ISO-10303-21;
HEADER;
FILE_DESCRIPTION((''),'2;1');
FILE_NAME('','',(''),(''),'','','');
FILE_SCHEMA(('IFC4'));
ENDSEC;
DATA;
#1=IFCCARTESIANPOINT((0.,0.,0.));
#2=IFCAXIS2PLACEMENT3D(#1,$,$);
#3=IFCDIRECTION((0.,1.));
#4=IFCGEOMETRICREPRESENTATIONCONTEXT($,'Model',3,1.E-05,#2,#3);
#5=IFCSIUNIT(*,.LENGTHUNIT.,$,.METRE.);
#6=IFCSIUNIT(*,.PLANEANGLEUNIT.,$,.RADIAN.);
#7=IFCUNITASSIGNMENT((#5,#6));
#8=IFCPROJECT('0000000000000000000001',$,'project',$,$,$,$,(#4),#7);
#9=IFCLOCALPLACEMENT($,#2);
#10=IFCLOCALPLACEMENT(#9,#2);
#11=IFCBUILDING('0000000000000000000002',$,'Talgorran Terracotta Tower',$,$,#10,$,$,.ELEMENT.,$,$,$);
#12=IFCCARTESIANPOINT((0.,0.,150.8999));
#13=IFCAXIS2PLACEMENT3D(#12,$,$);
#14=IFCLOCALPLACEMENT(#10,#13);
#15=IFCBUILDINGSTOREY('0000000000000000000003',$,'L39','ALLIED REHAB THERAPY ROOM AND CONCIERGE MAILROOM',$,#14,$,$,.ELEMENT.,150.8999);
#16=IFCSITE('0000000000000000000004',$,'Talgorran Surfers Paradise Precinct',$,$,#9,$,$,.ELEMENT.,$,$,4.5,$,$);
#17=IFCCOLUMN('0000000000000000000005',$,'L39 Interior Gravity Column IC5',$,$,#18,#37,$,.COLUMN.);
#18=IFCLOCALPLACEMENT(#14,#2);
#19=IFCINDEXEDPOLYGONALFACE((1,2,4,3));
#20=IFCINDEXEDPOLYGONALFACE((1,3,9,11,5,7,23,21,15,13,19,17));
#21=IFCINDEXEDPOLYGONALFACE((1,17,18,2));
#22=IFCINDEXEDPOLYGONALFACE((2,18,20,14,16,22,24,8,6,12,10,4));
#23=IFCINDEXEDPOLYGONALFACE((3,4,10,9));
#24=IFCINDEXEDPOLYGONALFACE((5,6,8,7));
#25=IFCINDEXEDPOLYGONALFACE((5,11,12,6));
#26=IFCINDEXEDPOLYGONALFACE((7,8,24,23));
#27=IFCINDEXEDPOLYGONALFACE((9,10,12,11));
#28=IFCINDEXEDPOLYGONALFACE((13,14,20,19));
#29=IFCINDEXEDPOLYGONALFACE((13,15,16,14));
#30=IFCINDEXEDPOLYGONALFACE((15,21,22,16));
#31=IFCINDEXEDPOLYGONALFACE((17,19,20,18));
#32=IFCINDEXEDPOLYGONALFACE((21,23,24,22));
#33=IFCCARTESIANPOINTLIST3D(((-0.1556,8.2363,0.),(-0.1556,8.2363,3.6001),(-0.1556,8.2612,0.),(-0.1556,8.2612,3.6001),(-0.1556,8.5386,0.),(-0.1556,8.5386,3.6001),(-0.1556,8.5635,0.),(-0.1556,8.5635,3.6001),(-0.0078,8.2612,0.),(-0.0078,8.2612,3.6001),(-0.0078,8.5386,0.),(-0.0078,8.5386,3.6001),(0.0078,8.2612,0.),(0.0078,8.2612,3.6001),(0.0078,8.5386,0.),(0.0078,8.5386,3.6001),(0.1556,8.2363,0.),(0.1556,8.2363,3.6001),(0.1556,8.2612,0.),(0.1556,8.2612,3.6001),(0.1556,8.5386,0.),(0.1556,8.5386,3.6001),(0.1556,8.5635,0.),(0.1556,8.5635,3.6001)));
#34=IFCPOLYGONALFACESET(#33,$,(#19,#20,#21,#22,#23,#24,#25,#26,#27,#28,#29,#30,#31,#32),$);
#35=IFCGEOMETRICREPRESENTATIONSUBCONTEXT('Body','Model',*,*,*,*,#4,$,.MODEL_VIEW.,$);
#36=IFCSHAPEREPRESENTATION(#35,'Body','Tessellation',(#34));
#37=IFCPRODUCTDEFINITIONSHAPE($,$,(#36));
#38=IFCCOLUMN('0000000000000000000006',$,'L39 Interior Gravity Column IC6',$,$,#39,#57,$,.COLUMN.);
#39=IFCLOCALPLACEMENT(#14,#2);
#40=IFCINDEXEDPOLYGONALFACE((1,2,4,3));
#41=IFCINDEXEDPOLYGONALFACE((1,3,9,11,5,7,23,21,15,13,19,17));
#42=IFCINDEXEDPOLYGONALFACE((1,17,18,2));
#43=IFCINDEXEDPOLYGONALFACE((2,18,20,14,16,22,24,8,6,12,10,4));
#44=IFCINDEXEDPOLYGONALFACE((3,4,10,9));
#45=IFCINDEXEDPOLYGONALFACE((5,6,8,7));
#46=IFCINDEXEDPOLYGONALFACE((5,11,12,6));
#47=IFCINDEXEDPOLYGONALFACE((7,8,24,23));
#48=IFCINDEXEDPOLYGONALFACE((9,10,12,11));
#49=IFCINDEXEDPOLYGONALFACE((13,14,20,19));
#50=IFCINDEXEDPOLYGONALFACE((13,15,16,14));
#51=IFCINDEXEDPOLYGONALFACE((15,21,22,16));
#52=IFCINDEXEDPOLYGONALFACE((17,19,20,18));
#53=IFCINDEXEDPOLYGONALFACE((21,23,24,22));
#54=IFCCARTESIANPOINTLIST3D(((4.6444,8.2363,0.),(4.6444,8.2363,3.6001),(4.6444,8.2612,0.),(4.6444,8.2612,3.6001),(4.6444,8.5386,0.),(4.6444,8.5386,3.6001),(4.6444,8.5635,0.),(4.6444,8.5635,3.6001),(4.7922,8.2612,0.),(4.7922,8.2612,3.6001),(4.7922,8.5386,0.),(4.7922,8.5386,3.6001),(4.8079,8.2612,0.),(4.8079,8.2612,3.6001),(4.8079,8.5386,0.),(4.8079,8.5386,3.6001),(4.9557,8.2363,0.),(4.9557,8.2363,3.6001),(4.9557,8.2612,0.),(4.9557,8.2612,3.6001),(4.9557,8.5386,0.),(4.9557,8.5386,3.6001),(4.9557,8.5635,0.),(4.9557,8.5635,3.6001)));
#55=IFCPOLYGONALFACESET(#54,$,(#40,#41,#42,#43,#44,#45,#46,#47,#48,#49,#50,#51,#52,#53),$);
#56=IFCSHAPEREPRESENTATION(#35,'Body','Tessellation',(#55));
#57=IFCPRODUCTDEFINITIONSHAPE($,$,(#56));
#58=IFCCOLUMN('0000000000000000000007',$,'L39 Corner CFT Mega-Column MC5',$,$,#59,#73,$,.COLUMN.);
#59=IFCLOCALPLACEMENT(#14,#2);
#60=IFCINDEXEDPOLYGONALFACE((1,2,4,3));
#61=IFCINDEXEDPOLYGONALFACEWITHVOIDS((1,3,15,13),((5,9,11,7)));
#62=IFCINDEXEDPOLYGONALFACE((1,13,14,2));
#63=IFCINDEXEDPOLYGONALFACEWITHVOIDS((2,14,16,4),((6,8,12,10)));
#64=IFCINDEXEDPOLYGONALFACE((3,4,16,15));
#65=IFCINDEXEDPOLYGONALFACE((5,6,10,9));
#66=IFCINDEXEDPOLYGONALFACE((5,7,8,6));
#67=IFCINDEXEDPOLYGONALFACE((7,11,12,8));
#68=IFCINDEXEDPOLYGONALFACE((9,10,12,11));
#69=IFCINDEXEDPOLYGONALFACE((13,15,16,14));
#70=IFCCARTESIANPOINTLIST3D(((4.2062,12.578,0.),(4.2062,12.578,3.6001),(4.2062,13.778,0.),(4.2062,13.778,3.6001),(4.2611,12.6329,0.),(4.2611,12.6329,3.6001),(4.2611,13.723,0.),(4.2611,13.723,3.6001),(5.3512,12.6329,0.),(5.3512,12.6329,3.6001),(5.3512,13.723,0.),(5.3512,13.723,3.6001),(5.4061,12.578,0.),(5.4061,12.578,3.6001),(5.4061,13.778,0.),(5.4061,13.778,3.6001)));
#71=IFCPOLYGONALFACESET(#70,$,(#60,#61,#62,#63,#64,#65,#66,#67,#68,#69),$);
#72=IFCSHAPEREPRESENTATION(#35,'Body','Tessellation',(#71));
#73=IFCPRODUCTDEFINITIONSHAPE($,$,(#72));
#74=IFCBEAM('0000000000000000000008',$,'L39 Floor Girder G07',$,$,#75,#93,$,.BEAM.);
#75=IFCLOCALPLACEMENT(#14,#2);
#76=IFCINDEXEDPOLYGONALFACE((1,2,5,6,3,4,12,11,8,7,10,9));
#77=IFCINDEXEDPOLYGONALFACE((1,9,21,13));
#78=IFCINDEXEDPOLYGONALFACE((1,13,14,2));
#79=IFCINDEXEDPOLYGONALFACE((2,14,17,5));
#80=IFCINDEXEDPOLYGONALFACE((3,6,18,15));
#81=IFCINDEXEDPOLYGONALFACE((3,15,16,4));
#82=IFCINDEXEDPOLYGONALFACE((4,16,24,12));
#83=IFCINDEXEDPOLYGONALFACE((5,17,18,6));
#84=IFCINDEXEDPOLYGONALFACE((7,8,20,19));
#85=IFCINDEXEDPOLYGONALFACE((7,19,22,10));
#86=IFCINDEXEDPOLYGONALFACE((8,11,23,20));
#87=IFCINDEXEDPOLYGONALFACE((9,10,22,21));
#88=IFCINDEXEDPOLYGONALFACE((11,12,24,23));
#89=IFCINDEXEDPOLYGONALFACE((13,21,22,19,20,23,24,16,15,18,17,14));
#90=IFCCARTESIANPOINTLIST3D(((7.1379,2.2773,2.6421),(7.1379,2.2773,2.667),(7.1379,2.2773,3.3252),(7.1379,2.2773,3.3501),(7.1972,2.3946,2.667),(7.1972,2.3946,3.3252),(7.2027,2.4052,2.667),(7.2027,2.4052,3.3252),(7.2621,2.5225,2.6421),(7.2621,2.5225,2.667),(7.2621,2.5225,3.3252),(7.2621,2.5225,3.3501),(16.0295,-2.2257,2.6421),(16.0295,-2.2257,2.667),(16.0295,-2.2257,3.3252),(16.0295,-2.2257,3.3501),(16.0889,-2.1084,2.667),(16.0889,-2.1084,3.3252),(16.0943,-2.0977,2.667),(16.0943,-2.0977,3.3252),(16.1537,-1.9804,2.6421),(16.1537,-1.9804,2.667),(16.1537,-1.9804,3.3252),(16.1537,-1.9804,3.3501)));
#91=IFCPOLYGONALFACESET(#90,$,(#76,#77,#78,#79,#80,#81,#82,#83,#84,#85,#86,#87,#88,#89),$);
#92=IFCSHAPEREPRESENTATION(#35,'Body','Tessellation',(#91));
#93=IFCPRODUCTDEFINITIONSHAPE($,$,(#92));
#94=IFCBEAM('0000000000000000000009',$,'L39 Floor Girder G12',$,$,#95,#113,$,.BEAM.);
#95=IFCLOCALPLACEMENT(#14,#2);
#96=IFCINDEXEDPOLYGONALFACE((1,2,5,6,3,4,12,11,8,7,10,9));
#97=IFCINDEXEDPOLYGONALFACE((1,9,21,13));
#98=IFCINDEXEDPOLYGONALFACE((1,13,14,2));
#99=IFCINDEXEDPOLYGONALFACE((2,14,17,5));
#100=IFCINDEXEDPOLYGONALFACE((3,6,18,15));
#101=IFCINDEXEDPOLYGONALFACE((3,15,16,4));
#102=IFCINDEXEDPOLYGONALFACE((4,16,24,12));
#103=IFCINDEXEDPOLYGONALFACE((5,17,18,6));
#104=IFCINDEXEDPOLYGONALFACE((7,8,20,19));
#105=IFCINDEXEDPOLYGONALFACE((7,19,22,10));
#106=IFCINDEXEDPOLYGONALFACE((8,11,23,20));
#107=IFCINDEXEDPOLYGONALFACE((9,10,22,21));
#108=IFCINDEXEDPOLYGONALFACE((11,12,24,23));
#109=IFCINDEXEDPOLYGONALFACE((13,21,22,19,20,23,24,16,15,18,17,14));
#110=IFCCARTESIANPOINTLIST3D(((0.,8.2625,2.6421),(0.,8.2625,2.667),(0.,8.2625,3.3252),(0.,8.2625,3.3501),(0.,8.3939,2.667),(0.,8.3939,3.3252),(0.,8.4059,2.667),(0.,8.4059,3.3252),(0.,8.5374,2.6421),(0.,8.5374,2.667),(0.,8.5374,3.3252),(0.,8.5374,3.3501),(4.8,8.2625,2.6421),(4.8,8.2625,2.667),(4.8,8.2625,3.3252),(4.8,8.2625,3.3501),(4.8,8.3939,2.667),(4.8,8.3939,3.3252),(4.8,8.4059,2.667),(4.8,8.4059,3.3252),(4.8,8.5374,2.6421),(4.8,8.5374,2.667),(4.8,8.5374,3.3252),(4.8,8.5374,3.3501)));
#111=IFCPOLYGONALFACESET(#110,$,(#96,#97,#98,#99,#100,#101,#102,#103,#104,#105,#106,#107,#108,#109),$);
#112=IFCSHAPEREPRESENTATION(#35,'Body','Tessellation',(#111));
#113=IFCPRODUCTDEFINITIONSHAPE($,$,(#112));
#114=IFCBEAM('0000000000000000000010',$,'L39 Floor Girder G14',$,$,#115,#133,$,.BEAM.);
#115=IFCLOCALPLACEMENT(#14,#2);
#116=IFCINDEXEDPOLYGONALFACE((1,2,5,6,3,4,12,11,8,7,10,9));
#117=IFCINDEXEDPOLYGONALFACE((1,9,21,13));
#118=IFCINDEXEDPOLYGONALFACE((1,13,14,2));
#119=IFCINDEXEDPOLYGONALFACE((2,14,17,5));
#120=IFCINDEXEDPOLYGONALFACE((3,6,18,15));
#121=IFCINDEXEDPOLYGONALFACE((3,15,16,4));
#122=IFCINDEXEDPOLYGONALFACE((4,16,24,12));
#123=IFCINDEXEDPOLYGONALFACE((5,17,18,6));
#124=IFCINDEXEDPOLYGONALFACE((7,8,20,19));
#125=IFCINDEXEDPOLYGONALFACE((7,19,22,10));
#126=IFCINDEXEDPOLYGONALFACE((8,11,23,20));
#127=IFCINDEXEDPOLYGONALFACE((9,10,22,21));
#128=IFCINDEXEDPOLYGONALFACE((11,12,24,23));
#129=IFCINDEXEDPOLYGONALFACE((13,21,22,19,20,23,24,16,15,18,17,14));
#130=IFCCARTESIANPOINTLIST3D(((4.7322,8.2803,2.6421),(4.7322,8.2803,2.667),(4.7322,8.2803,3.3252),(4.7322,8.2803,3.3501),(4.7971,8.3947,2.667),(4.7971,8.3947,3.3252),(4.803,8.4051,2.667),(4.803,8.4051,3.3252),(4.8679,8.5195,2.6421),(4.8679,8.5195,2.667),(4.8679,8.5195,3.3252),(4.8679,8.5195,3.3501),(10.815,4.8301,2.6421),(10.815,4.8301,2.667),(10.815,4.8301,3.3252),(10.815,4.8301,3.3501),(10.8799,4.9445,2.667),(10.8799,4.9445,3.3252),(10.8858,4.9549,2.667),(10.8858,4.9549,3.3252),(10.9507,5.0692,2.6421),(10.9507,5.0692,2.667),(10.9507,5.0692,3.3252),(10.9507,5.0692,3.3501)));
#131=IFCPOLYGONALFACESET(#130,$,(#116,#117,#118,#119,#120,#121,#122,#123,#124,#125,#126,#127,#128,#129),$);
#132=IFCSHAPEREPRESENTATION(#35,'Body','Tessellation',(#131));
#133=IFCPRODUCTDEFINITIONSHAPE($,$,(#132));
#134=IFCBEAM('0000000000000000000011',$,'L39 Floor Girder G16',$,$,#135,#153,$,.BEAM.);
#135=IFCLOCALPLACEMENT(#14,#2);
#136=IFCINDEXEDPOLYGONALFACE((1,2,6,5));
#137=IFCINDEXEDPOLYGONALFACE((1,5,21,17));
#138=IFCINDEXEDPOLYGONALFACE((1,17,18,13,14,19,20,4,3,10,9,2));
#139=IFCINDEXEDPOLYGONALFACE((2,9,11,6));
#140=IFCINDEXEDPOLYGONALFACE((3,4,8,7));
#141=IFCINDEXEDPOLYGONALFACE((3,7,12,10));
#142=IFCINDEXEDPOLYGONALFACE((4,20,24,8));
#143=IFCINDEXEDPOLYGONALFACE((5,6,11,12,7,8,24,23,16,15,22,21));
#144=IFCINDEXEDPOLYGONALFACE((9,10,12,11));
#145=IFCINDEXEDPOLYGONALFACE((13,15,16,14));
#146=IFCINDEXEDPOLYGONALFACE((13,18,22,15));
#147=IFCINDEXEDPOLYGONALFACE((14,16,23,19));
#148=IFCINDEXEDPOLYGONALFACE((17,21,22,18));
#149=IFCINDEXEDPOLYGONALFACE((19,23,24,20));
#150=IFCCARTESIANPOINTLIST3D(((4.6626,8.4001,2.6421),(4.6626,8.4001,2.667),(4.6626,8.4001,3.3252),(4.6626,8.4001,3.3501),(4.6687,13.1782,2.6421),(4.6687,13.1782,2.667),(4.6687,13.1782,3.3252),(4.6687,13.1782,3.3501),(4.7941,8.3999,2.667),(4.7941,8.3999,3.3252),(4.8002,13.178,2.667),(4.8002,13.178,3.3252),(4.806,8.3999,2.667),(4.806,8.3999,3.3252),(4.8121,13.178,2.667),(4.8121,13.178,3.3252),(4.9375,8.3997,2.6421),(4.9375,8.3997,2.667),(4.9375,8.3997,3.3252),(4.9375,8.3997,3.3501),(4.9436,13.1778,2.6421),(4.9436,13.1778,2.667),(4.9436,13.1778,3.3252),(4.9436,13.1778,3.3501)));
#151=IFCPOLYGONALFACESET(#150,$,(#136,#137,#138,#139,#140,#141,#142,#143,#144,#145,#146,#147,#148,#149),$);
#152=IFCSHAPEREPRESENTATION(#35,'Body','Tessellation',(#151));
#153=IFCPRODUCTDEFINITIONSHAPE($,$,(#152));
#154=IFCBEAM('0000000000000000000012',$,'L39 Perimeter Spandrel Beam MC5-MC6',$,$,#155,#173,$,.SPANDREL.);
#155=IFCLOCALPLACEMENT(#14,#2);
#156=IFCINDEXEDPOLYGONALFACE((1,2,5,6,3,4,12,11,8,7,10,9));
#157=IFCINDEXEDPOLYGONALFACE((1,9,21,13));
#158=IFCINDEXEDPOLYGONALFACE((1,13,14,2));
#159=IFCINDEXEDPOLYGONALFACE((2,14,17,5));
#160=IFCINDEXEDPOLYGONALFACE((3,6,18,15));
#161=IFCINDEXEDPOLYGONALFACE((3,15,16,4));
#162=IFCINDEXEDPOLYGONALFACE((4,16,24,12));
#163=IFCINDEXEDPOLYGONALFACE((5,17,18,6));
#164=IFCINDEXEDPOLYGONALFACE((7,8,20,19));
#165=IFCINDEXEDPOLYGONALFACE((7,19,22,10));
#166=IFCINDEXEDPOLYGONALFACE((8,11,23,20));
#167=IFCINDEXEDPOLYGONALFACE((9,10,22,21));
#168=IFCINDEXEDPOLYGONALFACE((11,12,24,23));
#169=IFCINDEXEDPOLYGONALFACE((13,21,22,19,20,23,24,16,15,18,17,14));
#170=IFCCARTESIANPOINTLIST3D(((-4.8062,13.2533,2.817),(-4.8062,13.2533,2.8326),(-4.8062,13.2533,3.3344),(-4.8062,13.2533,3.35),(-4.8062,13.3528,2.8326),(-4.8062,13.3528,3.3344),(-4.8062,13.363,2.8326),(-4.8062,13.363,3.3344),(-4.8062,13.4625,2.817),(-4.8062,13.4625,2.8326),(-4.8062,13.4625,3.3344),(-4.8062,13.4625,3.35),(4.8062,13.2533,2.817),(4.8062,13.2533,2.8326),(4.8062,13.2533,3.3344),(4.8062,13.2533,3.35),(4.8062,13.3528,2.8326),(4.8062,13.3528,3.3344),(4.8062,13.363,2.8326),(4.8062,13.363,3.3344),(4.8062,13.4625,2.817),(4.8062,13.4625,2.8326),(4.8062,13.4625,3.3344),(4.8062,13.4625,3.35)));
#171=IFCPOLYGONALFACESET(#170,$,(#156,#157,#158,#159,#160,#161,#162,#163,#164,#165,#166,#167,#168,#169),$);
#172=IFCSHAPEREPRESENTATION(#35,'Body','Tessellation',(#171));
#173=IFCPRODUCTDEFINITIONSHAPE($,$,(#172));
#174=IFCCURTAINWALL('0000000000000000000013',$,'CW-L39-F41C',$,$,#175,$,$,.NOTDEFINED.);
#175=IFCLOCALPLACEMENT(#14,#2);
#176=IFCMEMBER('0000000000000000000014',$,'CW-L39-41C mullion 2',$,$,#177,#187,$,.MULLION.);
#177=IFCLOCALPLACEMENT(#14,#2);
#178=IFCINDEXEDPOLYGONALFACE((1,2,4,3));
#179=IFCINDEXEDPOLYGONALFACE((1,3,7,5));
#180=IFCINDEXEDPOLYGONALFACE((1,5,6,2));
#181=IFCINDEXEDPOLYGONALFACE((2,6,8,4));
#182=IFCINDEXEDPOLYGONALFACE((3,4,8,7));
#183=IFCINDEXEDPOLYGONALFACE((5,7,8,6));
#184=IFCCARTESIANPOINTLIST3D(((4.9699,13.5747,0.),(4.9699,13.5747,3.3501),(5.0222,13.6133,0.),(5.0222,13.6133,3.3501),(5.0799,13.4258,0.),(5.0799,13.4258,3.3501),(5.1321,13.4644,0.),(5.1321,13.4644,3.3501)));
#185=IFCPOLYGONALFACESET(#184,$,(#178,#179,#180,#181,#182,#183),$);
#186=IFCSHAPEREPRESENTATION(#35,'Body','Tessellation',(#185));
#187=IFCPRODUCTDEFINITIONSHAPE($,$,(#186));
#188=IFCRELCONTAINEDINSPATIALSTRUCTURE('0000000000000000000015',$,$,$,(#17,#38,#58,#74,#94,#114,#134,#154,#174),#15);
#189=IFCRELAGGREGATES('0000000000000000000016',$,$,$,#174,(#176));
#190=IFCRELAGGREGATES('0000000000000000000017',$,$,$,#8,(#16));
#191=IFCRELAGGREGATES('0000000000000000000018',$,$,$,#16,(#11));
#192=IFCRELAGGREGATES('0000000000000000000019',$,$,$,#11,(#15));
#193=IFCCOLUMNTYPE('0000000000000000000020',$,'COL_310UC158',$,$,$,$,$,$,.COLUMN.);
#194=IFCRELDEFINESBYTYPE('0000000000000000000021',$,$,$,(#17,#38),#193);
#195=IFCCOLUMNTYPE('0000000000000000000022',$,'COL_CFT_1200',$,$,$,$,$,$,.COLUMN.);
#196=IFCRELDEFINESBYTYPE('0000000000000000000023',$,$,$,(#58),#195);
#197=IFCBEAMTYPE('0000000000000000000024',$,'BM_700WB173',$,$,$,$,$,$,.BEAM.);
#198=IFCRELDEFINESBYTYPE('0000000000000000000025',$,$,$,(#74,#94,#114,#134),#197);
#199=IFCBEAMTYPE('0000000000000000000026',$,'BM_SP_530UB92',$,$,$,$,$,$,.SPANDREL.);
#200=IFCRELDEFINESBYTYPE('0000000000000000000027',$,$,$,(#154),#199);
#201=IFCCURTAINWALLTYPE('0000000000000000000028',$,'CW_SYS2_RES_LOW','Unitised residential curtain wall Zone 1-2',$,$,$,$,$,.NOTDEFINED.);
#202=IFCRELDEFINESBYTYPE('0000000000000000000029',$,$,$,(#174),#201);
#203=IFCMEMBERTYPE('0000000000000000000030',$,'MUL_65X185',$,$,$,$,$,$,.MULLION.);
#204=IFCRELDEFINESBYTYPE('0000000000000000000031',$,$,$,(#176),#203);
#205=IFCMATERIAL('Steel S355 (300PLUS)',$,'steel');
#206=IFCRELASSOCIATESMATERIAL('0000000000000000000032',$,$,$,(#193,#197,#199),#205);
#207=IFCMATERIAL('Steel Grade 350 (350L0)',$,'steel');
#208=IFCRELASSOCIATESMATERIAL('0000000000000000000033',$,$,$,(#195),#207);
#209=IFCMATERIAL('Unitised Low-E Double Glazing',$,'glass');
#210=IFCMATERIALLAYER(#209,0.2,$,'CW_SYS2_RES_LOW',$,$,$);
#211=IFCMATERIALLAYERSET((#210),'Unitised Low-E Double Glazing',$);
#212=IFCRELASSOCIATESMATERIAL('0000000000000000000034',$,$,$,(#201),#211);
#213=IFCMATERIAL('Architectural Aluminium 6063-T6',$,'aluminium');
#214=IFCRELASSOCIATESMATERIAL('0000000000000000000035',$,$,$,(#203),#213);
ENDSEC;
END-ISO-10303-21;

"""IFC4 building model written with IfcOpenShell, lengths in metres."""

from ifc_helpers import new_model, si_unit, direction, frame, origin, origin_2d, place, context, subcontext, project, spatial, rectangle, hollow_rectangle, i_section, extrude, material, layer, layer_set, material_profile, profile_set, type_object, element, aggregate, save


model = new_model("IFC4")

# Units and contexts
model_context = context("Model", 3, precision=1e-05, world=origin(), true_north=direction((0.0, 1.0)))
body_context = subcontext(model_context, "Body", "Model", "MODEL_VIEW")
ifc_project = project(units=[si_unit("LENGTHUNIT", "METRE"), si_unit("PLANEANGLEUNIT", "RADIAN")], contexts=[model_context])

# Site, building, storey
site_placement = place(None, origin())
site = spatial("IfcSite", under=ifc_project, at=site_placement, Name="Talgorran Surfers Paradise Precinct", CompositionType="ELEMENT", RefElevation=4.5)
building_placement = place(site_placement, origin())
building = spatial("IfcBuilding", under=site, at=building_placement, Name="Talgorran Terracotta Tower", CompositionType="ELEMENT")
storey_placement = place(building_placement, frame((0.0, 0.0, 150.8999)))
storey = spatial("IfcBuildingStorey", under=building, at=storey_placement, Name="L39", Description="ALLIED REHAB THERAPY ROOM AND CONCIERGE MAILROOM", CompositionType="ELEMENT", Elevation=150.8999)

# Columns
ifc_material_1 = material(Name="Steel S355 (300PLUS)", Category="steel")
ifc_material_profile_1 = material_profile(ifc_material_1, i_section(OverallWidth=0.3113, OverallDepth=0.3271, WebThickness=0.0156, FlangeThickness=0.0249, at=origin_2d()), Name="310UC158")
ifc_profile_set_1 = profile_set([ifc_material_profile_1], Name="Steel S355 (300PLUS)")
column_type_1 = type_object("IfcColumnType", Name="COL_310UC158", PredefinedType="COLUMN", material=ifc_profile_set_1)
for number, where, z_axis, x_axis, name in (
    (1, (0.0, 8.3999, 0.0), (0.0, 0.0, 1.0), (1.0, 0.0, 0.0), "L39 Interior Gravity Column IC5"),
    (2, (4.8, 8.3999, 0.0), (0.0, 0.0, 1.0), (1.0, 0.0, 0.0), "L39 Interior Gravity Column IC6"),
):
    element("IfcColumn", number, at=place(storey_placement, frame(where, z_axis=z_axis, x_axis=x_axis)), inside=storey, type_object=column_type_1, Name=name, PredefinedType="COLUMN", context=body_context, shape_type="SweptSolid", body=[
        extrude(i_section(OverallWidth=0.3113, OverallDepth=0.3271, WebThickness=0.0156, FlangeThickness=0.0249, at=origin_2d()), origin(), (0.0, 0.0, 1.0), 3.6001),
    ])
ifc_material_2 = material(Name="Steel Grade 350 (350L0)", Category="steel")
ifc_material_profile_2 = material_profile(ifc_material_2, hollow_rectangle(XDim=1.2, YDim=1.2, WallThickness=0.0549, at=origin_2d()), Name="CFT1200X1200X55")
ifc_profile_set_2 = profile_set([ifc_material_profile_2], Name="Steel Grade 350 (350L0)")
column_type_2 = type_object("IfcColumnType", Name="COL_CFT_1200", PredefinedType="COLUMN", material=ifc_profile_set_2)
column_placement = place(storey_placement, frame((4.8062, 13.178, 0.0), z_axis=(0.0, 0.0, 1.0), x_axis=(1.0, 0.0, 0.0)))
element("IfcColumn", 3, at=column_placement, inside=storey, type_object=column_type_2, Name="L39 Corner CFT Mega-Column MC5", PredefinedType="COLUMN", context=body_context, shape_type="SweptSolid", body=[
    extrude(hollow_rectangle(XDim=1.2, YDim=1.2, WallThickness=0.0549, at=origin_2d()), origin(), (0.0, 0.0, 1.0), 3.6001),
])

# Beams
ifc_material_profile_3 = material_profile(ifc_material_1, i_section(OverallWidth=0.2749, OverallDepth=0.708, WebThickness=0.012, FlangeThickness=0.0249, at=origin_2d()), Name="700WB173")
ifc_profile_set_3 = profile_set([ifc_material_profile_3], Name="Steel S355 (300PLUS)")
beam_type_1 = type_object("IfcBeamType", Name="BM_700WB173", PredefinedType="BEAM", material=ifc_profile_set_3)
beam_1_placement = place(storey_placement, frame((7.2, 2.3999, 2.9961), z_axis=(0.892123, -0.451793, 0.0), x_axis=(0.451793, 0.892123, 0.0)))
element("IfcBeam", 4, at=beam_1_placement, inside=storey, type_object=beam_type_1, Name="L39 Floor Girder G07", PredefinedType="BEAM", context=body_context, shape_type="SweptSolid", body=[
    extrude(i_section(OverallWidth=0.2749, OverallDepth=0.708, WebThickness=0.012, FlangeThickness=0.0249, at=origin_2d()), origin(), (0.0, 0.0, 1.0), 9.9668),
])
beam_2_placement = place(storey_placement, frame((0.0, 8.3999, 2.9961), z_axis=(1.0, 0.0, 0.0), x_axis=(0.0, 1.0, 0.0)))
element("IfcBeam", 5, at=beam_2_placement, inside=storey, type_object=beam_type_1, Name="L39 Floor Girder G12", PredefinedType="BEAM", context=body_context, shape_type="SweptSolid", body=[
    extrude(i_section(OverallWidth=0.2749, OverallDepth=0.708, WebThickness=0.012, FlangeThickness=0.0249, at=origin_2d()), origin(), (0.0, 0.0, 1.0), 4.8),
])
beam_3_placement = place(storey_placement, frame((4.8, 8.3999, 2.9961), z_axis=(0.86982, -0.493369, 0.0), x_axis=(0.493369, 0.86982, 0.0)))
element("IfcBeam", 6, at=beam_3_placement, inside=storey, type_object=beam_type_1, Name="L39 Floor Girder G14", PredefinedType="BEAM", context=body_context, shape_type="SweptSolid", body=[
    extrude(i_section(OverallWidth=0.2749, OverallDepth=0.708, WebThickness=0.012, FlangeThickness=0.0249, at=origin_2d()), origin(), (0.0, 0.0, 1.0), 6.9932),
])
beam_4_placement = place(storey_placement, frame((4.8, 8.3999, 2.9961), z_axis=(0.001277, 0.999999, 0.0), x_axis=(-0.999999, 0.001277, 0.0)))
element("IfcBeam", 7, at=beam_4_placement, inside=storey, type_object=beam_type_1, Name="L39 Floor Girder G16", PredefinedType="BEAM", context=body_context, shape_type="SweptSolid", body=[
    extrude(i_section(OverallWidth=0.2749, OverallDepth=0.708, WebThickness=0.012, FlangeThickness=0.0249, at=origin_2d()), origin(), (0.0, 0.0, 1.0), 4.7781),
])
ifc_material_profile_4 = material_profile(ifc_material_1, i_section(OverallWidth=0.2092, OverallDepth=0.533, WebThickness=0.0103, FlangeThickness=0.0156, at=origin_2d()), Name="530UB92.4")
ifc_profile_set_4 = profile_set([ifc_material_profile_4], Name="Steel S355 (300PLUS)")
beam_type_2 = type_object("IfcBeamType", Name="BM_SP_530UB92", PredefinedType="SPANDREL", material=ifc_profile_set_4)
beam_5_placement = place(storey_placement, frame((4.8062, 13.3579, 3.0835), z_axis=(-1.0, 0.0, 0.0), x_axis=(0.0, -1.0, 0.0)))
element("IfcBeam", 8, at=beam_5_placement, inside=storey, type_object=beam_type_2, Name="L39 Perimeter Spandrel Beam MC5-MC6", PredefinedType="SPANDREL", context=body_context, shape_type="SweptSolid", body=[
    extrude(i_section(OverallWidth=0.2092, OverallDepth=0.533, WebThickness=0.0103, FlangeThickness=0.0156, at=origin_2d()), origin(), (0.0, 0.0, 1.0), 9.6123),
])

# Curtain wall, member
ifc_material_3 = material(Name="Unitised Low-E Double Glazing", Category="glass")
ifc_layer_1 = layer(ifc_material_3, 0.2, Name="CW_SYS2_RES_LOW")
ifc_layer_set_1 = layer_set([ifc_layer_1], Name="Unitised Low-E Double Glazing")
curtain_wall_type = type_object("IfcCurtainWallType", Name="CW_SYS2_RES_LOW", Description="Unitised residential curtain wall Zone 1-2", PredefinedType="NOTDEFINED", material=ifc_layer_set_1)
curtain_wall_1_placement = place(storey_placement, origin())
curtain_wall_1 = element("IfcCurtainWall", 9, at=curtain_wall_1_placement, inside=storey, type_object=curtain_wall_type, Name="CW-L39-F41C", PredefinedType="NOTDEFINED")
ifc_material_4 = material(Name="Architectural Aluminium 6063-T6", Category="aluminium")
ifc_material_profile_5 = material_profile(ifc_material_4, rectangle(XDim=0.0649, YDim=0.1851, at=origin_2d()), Name="CWM65X185")
ifc_profile_set_5 = profile_set([ifc_material_profile_5], Name="Architectural Aluminium 6063-T6")
member_type_1 = type_object("IfcMemberType", Name="MUL_65X185", PredefinedType="MULLION", material=ifc_profile_set_5)
member_1_placement = place(storey_placement, frame((5.051, 13.5195, 0.0), z_axis=(0.0, 0.0, 1.0), x_axis=(-0.804405, -0.594081, 0.0)))
member_1 = element("IfcMember", 10, at=member_1_placement, type_object=member_type_1, Name="CW-L39-41C mullion 2", PredefinedType="MULLION", context=body_context, shape_type="SweptSolid", body=[
    extrude(rectangle(XDim=0.0649, YDim=0.1851, at=origin_2d()), origin(), (0.0, 0.0, 1.0), 3.3501),
])

aggregate(curtain_wall_1, [member_1])

save(model, "model.ifc")
